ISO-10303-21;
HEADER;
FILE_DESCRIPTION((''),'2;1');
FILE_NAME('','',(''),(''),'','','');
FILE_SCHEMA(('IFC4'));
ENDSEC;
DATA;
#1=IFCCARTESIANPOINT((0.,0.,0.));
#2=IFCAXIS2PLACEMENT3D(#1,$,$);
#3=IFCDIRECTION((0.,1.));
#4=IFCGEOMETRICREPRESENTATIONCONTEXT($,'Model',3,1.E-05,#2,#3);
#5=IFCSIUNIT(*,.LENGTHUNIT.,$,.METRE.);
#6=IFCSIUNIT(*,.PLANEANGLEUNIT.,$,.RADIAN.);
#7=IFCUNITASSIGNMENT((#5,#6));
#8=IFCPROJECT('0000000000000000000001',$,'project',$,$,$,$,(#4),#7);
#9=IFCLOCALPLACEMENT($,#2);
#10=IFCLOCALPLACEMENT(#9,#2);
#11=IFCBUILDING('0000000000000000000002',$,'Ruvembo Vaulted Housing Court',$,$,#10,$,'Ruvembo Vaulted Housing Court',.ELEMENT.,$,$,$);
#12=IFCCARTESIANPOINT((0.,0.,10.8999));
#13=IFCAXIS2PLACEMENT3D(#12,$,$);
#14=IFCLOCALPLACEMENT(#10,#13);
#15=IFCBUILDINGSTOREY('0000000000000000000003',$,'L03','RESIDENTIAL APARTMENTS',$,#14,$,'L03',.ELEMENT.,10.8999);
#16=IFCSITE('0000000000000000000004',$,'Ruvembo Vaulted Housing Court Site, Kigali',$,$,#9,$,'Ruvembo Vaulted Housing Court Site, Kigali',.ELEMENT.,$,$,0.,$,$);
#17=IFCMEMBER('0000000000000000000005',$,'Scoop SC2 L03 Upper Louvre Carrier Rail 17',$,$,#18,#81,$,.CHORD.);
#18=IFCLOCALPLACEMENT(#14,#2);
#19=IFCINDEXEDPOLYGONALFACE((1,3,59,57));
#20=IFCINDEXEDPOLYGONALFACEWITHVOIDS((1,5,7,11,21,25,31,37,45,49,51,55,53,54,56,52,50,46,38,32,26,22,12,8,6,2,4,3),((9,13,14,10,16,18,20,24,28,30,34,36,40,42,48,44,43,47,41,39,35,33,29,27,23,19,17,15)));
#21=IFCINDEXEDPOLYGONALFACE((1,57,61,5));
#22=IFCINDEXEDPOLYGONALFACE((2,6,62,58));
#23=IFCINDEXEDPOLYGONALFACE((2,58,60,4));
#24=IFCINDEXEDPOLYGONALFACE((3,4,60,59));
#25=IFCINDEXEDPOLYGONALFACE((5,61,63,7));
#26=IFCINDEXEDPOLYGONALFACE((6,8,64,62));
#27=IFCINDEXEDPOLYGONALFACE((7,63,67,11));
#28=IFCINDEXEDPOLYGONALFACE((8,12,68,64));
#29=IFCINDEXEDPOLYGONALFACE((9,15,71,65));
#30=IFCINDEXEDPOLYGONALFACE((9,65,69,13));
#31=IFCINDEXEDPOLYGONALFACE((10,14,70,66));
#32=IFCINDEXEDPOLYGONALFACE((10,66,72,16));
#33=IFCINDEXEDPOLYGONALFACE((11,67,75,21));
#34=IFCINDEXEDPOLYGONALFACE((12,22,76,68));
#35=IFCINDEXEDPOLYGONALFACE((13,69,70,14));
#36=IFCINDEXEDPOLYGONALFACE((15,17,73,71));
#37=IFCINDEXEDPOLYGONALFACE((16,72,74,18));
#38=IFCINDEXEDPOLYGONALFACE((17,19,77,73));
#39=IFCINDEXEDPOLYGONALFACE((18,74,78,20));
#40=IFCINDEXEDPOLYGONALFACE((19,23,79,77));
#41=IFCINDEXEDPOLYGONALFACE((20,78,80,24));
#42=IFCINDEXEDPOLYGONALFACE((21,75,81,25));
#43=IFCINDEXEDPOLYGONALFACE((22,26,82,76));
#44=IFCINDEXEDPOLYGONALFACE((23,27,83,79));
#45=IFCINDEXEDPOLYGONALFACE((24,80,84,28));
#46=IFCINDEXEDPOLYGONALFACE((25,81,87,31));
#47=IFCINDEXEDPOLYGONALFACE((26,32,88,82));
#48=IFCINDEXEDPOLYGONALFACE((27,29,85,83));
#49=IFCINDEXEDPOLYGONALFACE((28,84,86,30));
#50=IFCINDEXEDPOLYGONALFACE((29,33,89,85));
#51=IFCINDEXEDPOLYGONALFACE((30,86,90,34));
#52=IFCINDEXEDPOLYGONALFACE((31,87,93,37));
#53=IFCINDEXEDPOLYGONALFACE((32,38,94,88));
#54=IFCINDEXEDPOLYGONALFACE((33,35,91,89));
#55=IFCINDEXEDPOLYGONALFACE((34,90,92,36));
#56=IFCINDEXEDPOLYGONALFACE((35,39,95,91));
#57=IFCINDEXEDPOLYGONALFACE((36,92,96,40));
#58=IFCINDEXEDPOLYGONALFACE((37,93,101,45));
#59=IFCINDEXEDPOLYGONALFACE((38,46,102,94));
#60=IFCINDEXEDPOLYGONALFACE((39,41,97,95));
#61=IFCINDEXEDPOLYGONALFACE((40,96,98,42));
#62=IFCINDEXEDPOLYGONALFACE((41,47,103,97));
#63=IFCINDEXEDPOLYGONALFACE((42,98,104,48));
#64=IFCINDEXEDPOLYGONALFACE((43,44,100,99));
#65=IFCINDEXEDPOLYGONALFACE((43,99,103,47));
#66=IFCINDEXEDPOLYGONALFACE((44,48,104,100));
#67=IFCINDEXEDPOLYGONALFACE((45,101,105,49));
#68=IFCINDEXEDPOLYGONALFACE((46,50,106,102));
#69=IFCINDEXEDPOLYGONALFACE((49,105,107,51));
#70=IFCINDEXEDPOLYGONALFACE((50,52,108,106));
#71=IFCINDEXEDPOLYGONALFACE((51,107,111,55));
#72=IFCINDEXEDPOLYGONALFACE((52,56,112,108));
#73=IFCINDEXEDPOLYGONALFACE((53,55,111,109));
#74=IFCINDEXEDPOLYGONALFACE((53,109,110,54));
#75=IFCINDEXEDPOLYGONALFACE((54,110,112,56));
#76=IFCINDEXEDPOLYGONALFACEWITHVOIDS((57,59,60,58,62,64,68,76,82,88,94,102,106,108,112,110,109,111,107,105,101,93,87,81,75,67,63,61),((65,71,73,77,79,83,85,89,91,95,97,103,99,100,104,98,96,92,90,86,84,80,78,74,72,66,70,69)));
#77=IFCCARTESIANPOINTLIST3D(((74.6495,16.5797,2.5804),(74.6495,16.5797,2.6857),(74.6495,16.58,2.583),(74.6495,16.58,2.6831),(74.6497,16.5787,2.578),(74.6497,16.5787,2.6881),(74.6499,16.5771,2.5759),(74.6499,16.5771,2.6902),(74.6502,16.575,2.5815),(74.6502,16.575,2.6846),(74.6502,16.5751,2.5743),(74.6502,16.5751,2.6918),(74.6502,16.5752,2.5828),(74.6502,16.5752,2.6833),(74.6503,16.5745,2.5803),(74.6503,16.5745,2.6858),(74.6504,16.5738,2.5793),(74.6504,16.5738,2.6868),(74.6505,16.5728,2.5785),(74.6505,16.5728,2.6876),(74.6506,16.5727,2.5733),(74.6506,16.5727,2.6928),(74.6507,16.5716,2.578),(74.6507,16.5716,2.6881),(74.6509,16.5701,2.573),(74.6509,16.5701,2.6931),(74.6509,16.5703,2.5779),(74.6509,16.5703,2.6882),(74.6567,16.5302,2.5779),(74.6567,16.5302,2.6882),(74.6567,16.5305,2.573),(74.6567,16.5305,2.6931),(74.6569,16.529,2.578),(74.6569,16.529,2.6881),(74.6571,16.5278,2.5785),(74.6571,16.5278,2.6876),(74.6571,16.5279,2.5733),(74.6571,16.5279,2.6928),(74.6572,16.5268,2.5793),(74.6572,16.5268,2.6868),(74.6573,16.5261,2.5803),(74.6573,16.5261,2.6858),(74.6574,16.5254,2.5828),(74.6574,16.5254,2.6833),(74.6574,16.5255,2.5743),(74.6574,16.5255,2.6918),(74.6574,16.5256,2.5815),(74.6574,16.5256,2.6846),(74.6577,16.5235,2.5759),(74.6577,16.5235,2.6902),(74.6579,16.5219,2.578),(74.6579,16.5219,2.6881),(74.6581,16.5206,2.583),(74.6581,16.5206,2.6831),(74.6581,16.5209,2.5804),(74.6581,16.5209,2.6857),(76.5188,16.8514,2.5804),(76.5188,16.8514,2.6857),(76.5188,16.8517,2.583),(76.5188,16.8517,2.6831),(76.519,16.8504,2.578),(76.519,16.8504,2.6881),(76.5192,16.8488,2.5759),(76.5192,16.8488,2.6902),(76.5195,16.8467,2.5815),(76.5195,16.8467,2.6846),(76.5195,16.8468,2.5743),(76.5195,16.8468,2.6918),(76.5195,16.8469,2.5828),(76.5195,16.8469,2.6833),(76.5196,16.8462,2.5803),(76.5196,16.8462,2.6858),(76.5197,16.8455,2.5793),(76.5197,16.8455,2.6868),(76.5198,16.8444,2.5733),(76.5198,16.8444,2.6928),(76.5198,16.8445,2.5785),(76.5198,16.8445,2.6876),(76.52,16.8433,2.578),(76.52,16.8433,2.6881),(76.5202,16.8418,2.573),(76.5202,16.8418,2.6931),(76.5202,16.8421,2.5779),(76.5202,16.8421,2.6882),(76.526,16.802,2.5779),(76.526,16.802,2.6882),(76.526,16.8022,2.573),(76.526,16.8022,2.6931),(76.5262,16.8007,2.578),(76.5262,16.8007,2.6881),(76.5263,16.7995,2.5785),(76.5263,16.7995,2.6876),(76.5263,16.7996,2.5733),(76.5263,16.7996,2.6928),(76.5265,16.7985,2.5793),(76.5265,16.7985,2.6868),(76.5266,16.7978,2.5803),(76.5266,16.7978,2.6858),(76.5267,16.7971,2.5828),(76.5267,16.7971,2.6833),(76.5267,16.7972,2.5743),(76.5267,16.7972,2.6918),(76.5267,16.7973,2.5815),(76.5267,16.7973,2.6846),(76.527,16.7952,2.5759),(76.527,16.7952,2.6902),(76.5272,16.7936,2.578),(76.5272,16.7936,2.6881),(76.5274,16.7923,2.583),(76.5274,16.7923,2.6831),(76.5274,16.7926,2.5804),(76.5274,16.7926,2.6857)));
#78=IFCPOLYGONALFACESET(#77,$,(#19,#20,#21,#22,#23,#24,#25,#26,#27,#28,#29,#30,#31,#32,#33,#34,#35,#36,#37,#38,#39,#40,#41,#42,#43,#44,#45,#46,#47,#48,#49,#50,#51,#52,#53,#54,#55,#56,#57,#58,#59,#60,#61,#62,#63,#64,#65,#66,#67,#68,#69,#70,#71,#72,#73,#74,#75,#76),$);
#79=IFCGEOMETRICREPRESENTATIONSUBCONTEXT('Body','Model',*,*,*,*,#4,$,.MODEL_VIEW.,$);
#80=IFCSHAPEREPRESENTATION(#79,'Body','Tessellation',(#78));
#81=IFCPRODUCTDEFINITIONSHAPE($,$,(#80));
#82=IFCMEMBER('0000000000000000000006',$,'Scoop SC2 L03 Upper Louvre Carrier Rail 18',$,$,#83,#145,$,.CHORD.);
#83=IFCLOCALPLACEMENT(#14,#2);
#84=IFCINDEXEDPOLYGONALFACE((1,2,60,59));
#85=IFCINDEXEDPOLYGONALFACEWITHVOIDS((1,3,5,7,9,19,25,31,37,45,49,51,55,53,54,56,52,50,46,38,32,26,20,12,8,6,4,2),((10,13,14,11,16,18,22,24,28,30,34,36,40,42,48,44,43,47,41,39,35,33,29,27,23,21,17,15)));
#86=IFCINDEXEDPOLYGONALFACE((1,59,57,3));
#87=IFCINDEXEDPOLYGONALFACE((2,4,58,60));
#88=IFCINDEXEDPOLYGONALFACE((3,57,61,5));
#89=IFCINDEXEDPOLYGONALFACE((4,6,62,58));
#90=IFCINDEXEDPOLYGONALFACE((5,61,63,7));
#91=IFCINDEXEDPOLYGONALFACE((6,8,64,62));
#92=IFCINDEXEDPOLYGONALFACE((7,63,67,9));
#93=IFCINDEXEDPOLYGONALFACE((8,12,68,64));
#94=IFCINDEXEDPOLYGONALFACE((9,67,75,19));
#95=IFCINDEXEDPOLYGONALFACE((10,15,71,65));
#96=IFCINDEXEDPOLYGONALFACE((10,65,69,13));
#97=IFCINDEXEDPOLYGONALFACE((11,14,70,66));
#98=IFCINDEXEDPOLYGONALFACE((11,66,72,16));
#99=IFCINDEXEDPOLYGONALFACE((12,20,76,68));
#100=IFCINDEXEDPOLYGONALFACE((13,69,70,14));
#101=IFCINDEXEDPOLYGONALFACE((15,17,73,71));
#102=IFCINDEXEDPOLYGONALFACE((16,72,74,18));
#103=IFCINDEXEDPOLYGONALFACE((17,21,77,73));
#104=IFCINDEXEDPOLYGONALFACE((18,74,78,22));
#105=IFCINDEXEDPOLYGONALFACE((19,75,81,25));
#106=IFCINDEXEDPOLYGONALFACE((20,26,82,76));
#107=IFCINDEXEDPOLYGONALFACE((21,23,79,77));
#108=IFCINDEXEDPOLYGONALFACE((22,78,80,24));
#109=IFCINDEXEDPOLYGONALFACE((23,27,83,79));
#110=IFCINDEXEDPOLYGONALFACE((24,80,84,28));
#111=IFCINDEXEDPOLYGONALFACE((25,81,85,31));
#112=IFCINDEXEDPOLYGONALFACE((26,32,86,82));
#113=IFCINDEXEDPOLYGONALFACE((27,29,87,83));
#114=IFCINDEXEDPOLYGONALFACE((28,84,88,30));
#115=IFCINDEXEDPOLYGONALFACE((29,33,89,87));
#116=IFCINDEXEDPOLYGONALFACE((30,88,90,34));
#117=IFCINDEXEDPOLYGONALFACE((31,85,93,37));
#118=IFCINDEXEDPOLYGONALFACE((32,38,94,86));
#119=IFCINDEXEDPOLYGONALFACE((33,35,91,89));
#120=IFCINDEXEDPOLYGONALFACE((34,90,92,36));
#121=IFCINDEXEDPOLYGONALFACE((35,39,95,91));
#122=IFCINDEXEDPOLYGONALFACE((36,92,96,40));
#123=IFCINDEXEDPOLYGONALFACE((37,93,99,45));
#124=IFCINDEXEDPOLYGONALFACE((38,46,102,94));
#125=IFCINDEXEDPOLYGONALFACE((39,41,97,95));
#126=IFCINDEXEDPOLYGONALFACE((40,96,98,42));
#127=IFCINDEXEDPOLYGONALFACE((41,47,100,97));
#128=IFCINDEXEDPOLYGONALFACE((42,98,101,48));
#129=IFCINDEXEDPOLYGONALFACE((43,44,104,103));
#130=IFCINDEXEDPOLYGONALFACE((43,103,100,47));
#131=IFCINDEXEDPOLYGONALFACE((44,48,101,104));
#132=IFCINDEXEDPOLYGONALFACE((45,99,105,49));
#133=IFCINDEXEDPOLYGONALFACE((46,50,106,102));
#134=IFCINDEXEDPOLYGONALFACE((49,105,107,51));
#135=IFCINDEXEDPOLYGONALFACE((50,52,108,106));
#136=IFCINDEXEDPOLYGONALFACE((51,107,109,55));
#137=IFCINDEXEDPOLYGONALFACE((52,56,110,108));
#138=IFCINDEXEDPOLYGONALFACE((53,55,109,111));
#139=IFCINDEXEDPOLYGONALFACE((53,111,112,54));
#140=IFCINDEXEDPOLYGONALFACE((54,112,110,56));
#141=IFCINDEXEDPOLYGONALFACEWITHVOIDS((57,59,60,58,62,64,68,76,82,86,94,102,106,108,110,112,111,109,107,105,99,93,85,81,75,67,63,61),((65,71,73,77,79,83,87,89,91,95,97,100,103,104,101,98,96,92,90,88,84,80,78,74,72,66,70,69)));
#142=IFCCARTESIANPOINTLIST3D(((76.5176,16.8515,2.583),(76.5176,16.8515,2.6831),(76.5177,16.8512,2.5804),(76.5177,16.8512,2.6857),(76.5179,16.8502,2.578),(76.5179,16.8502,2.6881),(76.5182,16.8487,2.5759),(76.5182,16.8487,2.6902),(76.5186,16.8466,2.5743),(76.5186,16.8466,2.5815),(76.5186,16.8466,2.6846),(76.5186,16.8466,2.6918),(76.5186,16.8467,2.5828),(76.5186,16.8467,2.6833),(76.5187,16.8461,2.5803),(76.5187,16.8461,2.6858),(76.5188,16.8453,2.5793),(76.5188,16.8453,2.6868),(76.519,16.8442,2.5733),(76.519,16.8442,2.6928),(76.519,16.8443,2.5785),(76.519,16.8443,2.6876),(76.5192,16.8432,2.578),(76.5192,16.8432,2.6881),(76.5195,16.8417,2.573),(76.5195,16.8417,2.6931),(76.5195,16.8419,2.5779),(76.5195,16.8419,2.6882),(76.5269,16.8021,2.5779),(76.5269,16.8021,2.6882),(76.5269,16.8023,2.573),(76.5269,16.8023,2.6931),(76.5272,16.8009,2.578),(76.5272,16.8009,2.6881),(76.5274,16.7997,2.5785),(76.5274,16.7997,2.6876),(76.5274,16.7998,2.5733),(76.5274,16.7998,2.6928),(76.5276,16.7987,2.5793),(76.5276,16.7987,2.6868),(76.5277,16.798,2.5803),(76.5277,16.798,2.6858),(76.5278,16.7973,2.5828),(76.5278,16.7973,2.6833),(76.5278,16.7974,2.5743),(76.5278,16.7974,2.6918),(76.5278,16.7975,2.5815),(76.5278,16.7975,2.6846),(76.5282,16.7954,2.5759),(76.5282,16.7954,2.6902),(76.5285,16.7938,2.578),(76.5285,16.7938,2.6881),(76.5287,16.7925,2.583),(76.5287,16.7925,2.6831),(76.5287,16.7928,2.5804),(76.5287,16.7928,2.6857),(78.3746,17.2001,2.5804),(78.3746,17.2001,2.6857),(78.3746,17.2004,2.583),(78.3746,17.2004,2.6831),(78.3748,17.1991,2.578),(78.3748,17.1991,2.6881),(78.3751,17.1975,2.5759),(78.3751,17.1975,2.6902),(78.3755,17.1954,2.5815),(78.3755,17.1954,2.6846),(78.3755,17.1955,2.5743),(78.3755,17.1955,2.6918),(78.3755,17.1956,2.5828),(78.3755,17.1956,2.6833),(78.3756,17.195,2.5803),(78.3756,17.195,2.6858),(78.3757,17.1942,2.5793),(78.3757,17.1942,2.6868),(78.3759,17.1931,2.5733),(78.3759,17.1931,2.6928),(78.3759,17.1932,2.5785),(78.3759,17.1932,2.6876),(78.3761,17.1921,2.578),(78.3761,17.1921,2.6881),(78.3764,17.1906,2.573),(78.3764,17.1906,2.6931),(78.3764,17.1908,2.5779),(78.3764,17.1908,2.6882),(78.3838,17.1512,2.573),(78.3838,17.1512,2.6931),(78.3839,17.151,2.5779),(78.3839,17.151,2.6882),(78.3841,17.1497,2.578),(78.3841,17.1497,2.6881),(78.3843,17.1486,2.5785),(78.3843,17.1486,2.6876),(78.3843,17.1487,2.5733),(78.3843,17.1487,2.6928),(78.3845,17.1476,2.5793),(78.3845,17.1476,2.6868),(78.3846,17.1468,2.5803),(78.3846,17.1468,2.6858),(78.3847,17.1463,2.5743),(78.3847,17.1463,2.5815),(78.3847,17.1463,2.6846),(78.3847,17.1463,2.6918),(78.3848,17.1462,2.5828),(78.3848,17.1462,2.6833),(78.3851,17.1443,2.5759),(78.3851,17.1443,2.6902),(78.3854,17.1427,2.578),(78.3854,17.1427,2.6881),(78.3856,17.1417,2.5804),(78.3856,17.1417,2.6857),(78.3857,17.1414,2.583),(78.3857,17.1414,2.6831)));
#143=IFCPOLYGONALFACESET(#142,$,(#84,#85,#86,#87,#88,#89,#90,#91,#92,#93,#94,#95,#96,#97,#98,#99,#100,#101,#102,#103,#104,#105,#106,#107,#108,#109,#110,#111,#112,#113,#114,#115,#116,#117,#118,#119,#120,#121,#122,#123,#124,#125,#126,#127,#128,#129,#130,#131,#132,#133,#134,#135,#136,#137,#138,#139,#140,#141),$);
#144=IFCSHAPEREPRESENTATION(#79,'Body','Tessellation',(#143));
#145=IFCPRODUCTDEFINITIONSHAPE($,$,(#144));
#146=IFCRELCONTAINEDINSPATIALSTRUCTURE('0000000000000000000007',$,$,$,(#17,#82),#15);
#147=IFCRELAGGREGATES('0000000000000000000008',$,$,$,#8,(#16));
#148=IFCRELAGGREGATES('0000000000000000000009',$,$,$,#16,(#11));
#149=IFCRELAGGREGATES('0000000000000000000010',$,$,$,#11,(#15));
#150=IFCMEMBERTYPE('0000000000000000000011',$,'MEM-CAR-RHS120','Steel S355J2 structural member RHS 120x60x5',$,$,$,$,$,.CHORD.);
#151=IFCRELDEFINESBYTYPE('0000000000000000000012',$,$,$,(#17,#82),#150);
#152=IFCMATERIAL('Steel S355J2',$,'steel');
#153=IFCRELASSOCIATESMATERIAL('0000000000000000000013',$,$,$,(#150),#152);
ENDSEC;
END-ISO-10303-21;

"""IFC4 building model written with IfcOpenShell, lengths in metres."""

from ifc_helpers import new_model, si_unit, direction, frame, origin, origin_2d, place, context, subcontext, project, spatial, hollow_rectangle, extrude, material, material_profile, profile_set, type_object, element, save


model = new_model("IFC4")

# Units and contexts
model_context = context("Model", 3, precision=1e-05, world=origin(), true_north=direction((0.0, 1.0)))
body_context = subcontext(model_context, "Body", "Model", "MODEL_VIEW")
ifc_project = project(units=[si_unit("LENGTHUNIT", "METRE"), si_unit("PLANEANGLEUNIT", "RADIAN")], contexts=[model_context])

# Site, building, storey
site_placement = place(None, origin())
site = spatial("IfcSite", under=ifc_project, at=site_placement, Name="Ruvembo Vaulted Housing Court Site, Kigali", LongName="Ruvembo Vaulted Housing Court Site, Kigali", CompositionType="ELEMENT", RefElevation=0.0)
building_placement = place(site_placement, origin())
building = spatial("IfcBuilding", under=site, at=building_placement, Name="Ruvembo Vaulted Housing Court", LongName="Ruvembo Vaulted Housing Court", CompositionType="ELEMENT")
storey_placement = place(building_placement, frame((0.0, 0.0, 10.8999)))
storey = spatial("IfcBuildingStorey", under=building, at=storey_placement, Name="L03", Description="RESIDENTIAL APARTMENTS", LongName="L03", CompositionType="ELEMENT", Elevation=10.8999)

# Shared definitions
ifc_material_1 = material(Name="Steel S355J2", Category="steel")

# Members
ifc_material_profile_1 = material_profile(ifc_material_1, hollow_rectangle(XDim=0.0601, YDim=0.1201, WallThickness=0.0049, InnerFilletRadius=0.0049, OuterFilletRadius=0.01, at=origin_2d()), Name="RHS 120x60x5")
ifc_profile_set_1 = profile_set([ifc_material_profile_1], Name="Steel S355J2")
member_type_1 = type_object("IfcMemberType", Name="MEM-CAR-RHS120", Description="Steel S355J2 structural member RHS 120x60x5", PredefinedType="CHORD", material=ifc_profile_set_1)
member_1_placement = place(storey_placement, frame((74.6538, 16.5503, 2.6331), z_axis=(0.9896, 0.143845, 0.0), x_axis=(-0.143845, 0.9896, 0.0)))
element("IfcMember", 1, at=member_1_placement, inside=storey, type_object=member_type_1, Name="Scoop SC2 L03 Upper Louvre Carrier Rail 17", PredefinedType="CHORD", context=body_context, shape_type="SweptSolid", body=[
    extrude(hollow_rectangle(XDim=0.0601, YDim=0.1201, WallThickness=0.0049, InnerFilletRadius=0.0049, OuterFilletRadius=0.01, at=origin_2d()), origin(), (0.0, 0.0, 1.0), 1.8889),
])
member_2_placement = place(storey_placement, frame((76.5232, 16.822, 2.6331), z_axis=(0.982805, 0.184647, 0.0), x_axis=(-0.184647, 0.982805, 0.0)))
element("IfcMember", 2, at=member_2_placement, inside=storey, type_object=member_type_1, Name="Scoop SC2 L03 Upper Louvre Carrier Rail 18", PredefinedType="CHORD", context=body_context, shape_type="SweptSolid", body=[
    extrude(hollow_rectangle(XDim=0.0601, YDim=0.1201, WallThickness=0.0049, InnerFilletRadius=0.0049, OuterFilletRadius=0.01, at=origin_2d()), origin(), (0.0, 0.0, 1.0), 1.8894),
])

save(model, "model.ifc")
